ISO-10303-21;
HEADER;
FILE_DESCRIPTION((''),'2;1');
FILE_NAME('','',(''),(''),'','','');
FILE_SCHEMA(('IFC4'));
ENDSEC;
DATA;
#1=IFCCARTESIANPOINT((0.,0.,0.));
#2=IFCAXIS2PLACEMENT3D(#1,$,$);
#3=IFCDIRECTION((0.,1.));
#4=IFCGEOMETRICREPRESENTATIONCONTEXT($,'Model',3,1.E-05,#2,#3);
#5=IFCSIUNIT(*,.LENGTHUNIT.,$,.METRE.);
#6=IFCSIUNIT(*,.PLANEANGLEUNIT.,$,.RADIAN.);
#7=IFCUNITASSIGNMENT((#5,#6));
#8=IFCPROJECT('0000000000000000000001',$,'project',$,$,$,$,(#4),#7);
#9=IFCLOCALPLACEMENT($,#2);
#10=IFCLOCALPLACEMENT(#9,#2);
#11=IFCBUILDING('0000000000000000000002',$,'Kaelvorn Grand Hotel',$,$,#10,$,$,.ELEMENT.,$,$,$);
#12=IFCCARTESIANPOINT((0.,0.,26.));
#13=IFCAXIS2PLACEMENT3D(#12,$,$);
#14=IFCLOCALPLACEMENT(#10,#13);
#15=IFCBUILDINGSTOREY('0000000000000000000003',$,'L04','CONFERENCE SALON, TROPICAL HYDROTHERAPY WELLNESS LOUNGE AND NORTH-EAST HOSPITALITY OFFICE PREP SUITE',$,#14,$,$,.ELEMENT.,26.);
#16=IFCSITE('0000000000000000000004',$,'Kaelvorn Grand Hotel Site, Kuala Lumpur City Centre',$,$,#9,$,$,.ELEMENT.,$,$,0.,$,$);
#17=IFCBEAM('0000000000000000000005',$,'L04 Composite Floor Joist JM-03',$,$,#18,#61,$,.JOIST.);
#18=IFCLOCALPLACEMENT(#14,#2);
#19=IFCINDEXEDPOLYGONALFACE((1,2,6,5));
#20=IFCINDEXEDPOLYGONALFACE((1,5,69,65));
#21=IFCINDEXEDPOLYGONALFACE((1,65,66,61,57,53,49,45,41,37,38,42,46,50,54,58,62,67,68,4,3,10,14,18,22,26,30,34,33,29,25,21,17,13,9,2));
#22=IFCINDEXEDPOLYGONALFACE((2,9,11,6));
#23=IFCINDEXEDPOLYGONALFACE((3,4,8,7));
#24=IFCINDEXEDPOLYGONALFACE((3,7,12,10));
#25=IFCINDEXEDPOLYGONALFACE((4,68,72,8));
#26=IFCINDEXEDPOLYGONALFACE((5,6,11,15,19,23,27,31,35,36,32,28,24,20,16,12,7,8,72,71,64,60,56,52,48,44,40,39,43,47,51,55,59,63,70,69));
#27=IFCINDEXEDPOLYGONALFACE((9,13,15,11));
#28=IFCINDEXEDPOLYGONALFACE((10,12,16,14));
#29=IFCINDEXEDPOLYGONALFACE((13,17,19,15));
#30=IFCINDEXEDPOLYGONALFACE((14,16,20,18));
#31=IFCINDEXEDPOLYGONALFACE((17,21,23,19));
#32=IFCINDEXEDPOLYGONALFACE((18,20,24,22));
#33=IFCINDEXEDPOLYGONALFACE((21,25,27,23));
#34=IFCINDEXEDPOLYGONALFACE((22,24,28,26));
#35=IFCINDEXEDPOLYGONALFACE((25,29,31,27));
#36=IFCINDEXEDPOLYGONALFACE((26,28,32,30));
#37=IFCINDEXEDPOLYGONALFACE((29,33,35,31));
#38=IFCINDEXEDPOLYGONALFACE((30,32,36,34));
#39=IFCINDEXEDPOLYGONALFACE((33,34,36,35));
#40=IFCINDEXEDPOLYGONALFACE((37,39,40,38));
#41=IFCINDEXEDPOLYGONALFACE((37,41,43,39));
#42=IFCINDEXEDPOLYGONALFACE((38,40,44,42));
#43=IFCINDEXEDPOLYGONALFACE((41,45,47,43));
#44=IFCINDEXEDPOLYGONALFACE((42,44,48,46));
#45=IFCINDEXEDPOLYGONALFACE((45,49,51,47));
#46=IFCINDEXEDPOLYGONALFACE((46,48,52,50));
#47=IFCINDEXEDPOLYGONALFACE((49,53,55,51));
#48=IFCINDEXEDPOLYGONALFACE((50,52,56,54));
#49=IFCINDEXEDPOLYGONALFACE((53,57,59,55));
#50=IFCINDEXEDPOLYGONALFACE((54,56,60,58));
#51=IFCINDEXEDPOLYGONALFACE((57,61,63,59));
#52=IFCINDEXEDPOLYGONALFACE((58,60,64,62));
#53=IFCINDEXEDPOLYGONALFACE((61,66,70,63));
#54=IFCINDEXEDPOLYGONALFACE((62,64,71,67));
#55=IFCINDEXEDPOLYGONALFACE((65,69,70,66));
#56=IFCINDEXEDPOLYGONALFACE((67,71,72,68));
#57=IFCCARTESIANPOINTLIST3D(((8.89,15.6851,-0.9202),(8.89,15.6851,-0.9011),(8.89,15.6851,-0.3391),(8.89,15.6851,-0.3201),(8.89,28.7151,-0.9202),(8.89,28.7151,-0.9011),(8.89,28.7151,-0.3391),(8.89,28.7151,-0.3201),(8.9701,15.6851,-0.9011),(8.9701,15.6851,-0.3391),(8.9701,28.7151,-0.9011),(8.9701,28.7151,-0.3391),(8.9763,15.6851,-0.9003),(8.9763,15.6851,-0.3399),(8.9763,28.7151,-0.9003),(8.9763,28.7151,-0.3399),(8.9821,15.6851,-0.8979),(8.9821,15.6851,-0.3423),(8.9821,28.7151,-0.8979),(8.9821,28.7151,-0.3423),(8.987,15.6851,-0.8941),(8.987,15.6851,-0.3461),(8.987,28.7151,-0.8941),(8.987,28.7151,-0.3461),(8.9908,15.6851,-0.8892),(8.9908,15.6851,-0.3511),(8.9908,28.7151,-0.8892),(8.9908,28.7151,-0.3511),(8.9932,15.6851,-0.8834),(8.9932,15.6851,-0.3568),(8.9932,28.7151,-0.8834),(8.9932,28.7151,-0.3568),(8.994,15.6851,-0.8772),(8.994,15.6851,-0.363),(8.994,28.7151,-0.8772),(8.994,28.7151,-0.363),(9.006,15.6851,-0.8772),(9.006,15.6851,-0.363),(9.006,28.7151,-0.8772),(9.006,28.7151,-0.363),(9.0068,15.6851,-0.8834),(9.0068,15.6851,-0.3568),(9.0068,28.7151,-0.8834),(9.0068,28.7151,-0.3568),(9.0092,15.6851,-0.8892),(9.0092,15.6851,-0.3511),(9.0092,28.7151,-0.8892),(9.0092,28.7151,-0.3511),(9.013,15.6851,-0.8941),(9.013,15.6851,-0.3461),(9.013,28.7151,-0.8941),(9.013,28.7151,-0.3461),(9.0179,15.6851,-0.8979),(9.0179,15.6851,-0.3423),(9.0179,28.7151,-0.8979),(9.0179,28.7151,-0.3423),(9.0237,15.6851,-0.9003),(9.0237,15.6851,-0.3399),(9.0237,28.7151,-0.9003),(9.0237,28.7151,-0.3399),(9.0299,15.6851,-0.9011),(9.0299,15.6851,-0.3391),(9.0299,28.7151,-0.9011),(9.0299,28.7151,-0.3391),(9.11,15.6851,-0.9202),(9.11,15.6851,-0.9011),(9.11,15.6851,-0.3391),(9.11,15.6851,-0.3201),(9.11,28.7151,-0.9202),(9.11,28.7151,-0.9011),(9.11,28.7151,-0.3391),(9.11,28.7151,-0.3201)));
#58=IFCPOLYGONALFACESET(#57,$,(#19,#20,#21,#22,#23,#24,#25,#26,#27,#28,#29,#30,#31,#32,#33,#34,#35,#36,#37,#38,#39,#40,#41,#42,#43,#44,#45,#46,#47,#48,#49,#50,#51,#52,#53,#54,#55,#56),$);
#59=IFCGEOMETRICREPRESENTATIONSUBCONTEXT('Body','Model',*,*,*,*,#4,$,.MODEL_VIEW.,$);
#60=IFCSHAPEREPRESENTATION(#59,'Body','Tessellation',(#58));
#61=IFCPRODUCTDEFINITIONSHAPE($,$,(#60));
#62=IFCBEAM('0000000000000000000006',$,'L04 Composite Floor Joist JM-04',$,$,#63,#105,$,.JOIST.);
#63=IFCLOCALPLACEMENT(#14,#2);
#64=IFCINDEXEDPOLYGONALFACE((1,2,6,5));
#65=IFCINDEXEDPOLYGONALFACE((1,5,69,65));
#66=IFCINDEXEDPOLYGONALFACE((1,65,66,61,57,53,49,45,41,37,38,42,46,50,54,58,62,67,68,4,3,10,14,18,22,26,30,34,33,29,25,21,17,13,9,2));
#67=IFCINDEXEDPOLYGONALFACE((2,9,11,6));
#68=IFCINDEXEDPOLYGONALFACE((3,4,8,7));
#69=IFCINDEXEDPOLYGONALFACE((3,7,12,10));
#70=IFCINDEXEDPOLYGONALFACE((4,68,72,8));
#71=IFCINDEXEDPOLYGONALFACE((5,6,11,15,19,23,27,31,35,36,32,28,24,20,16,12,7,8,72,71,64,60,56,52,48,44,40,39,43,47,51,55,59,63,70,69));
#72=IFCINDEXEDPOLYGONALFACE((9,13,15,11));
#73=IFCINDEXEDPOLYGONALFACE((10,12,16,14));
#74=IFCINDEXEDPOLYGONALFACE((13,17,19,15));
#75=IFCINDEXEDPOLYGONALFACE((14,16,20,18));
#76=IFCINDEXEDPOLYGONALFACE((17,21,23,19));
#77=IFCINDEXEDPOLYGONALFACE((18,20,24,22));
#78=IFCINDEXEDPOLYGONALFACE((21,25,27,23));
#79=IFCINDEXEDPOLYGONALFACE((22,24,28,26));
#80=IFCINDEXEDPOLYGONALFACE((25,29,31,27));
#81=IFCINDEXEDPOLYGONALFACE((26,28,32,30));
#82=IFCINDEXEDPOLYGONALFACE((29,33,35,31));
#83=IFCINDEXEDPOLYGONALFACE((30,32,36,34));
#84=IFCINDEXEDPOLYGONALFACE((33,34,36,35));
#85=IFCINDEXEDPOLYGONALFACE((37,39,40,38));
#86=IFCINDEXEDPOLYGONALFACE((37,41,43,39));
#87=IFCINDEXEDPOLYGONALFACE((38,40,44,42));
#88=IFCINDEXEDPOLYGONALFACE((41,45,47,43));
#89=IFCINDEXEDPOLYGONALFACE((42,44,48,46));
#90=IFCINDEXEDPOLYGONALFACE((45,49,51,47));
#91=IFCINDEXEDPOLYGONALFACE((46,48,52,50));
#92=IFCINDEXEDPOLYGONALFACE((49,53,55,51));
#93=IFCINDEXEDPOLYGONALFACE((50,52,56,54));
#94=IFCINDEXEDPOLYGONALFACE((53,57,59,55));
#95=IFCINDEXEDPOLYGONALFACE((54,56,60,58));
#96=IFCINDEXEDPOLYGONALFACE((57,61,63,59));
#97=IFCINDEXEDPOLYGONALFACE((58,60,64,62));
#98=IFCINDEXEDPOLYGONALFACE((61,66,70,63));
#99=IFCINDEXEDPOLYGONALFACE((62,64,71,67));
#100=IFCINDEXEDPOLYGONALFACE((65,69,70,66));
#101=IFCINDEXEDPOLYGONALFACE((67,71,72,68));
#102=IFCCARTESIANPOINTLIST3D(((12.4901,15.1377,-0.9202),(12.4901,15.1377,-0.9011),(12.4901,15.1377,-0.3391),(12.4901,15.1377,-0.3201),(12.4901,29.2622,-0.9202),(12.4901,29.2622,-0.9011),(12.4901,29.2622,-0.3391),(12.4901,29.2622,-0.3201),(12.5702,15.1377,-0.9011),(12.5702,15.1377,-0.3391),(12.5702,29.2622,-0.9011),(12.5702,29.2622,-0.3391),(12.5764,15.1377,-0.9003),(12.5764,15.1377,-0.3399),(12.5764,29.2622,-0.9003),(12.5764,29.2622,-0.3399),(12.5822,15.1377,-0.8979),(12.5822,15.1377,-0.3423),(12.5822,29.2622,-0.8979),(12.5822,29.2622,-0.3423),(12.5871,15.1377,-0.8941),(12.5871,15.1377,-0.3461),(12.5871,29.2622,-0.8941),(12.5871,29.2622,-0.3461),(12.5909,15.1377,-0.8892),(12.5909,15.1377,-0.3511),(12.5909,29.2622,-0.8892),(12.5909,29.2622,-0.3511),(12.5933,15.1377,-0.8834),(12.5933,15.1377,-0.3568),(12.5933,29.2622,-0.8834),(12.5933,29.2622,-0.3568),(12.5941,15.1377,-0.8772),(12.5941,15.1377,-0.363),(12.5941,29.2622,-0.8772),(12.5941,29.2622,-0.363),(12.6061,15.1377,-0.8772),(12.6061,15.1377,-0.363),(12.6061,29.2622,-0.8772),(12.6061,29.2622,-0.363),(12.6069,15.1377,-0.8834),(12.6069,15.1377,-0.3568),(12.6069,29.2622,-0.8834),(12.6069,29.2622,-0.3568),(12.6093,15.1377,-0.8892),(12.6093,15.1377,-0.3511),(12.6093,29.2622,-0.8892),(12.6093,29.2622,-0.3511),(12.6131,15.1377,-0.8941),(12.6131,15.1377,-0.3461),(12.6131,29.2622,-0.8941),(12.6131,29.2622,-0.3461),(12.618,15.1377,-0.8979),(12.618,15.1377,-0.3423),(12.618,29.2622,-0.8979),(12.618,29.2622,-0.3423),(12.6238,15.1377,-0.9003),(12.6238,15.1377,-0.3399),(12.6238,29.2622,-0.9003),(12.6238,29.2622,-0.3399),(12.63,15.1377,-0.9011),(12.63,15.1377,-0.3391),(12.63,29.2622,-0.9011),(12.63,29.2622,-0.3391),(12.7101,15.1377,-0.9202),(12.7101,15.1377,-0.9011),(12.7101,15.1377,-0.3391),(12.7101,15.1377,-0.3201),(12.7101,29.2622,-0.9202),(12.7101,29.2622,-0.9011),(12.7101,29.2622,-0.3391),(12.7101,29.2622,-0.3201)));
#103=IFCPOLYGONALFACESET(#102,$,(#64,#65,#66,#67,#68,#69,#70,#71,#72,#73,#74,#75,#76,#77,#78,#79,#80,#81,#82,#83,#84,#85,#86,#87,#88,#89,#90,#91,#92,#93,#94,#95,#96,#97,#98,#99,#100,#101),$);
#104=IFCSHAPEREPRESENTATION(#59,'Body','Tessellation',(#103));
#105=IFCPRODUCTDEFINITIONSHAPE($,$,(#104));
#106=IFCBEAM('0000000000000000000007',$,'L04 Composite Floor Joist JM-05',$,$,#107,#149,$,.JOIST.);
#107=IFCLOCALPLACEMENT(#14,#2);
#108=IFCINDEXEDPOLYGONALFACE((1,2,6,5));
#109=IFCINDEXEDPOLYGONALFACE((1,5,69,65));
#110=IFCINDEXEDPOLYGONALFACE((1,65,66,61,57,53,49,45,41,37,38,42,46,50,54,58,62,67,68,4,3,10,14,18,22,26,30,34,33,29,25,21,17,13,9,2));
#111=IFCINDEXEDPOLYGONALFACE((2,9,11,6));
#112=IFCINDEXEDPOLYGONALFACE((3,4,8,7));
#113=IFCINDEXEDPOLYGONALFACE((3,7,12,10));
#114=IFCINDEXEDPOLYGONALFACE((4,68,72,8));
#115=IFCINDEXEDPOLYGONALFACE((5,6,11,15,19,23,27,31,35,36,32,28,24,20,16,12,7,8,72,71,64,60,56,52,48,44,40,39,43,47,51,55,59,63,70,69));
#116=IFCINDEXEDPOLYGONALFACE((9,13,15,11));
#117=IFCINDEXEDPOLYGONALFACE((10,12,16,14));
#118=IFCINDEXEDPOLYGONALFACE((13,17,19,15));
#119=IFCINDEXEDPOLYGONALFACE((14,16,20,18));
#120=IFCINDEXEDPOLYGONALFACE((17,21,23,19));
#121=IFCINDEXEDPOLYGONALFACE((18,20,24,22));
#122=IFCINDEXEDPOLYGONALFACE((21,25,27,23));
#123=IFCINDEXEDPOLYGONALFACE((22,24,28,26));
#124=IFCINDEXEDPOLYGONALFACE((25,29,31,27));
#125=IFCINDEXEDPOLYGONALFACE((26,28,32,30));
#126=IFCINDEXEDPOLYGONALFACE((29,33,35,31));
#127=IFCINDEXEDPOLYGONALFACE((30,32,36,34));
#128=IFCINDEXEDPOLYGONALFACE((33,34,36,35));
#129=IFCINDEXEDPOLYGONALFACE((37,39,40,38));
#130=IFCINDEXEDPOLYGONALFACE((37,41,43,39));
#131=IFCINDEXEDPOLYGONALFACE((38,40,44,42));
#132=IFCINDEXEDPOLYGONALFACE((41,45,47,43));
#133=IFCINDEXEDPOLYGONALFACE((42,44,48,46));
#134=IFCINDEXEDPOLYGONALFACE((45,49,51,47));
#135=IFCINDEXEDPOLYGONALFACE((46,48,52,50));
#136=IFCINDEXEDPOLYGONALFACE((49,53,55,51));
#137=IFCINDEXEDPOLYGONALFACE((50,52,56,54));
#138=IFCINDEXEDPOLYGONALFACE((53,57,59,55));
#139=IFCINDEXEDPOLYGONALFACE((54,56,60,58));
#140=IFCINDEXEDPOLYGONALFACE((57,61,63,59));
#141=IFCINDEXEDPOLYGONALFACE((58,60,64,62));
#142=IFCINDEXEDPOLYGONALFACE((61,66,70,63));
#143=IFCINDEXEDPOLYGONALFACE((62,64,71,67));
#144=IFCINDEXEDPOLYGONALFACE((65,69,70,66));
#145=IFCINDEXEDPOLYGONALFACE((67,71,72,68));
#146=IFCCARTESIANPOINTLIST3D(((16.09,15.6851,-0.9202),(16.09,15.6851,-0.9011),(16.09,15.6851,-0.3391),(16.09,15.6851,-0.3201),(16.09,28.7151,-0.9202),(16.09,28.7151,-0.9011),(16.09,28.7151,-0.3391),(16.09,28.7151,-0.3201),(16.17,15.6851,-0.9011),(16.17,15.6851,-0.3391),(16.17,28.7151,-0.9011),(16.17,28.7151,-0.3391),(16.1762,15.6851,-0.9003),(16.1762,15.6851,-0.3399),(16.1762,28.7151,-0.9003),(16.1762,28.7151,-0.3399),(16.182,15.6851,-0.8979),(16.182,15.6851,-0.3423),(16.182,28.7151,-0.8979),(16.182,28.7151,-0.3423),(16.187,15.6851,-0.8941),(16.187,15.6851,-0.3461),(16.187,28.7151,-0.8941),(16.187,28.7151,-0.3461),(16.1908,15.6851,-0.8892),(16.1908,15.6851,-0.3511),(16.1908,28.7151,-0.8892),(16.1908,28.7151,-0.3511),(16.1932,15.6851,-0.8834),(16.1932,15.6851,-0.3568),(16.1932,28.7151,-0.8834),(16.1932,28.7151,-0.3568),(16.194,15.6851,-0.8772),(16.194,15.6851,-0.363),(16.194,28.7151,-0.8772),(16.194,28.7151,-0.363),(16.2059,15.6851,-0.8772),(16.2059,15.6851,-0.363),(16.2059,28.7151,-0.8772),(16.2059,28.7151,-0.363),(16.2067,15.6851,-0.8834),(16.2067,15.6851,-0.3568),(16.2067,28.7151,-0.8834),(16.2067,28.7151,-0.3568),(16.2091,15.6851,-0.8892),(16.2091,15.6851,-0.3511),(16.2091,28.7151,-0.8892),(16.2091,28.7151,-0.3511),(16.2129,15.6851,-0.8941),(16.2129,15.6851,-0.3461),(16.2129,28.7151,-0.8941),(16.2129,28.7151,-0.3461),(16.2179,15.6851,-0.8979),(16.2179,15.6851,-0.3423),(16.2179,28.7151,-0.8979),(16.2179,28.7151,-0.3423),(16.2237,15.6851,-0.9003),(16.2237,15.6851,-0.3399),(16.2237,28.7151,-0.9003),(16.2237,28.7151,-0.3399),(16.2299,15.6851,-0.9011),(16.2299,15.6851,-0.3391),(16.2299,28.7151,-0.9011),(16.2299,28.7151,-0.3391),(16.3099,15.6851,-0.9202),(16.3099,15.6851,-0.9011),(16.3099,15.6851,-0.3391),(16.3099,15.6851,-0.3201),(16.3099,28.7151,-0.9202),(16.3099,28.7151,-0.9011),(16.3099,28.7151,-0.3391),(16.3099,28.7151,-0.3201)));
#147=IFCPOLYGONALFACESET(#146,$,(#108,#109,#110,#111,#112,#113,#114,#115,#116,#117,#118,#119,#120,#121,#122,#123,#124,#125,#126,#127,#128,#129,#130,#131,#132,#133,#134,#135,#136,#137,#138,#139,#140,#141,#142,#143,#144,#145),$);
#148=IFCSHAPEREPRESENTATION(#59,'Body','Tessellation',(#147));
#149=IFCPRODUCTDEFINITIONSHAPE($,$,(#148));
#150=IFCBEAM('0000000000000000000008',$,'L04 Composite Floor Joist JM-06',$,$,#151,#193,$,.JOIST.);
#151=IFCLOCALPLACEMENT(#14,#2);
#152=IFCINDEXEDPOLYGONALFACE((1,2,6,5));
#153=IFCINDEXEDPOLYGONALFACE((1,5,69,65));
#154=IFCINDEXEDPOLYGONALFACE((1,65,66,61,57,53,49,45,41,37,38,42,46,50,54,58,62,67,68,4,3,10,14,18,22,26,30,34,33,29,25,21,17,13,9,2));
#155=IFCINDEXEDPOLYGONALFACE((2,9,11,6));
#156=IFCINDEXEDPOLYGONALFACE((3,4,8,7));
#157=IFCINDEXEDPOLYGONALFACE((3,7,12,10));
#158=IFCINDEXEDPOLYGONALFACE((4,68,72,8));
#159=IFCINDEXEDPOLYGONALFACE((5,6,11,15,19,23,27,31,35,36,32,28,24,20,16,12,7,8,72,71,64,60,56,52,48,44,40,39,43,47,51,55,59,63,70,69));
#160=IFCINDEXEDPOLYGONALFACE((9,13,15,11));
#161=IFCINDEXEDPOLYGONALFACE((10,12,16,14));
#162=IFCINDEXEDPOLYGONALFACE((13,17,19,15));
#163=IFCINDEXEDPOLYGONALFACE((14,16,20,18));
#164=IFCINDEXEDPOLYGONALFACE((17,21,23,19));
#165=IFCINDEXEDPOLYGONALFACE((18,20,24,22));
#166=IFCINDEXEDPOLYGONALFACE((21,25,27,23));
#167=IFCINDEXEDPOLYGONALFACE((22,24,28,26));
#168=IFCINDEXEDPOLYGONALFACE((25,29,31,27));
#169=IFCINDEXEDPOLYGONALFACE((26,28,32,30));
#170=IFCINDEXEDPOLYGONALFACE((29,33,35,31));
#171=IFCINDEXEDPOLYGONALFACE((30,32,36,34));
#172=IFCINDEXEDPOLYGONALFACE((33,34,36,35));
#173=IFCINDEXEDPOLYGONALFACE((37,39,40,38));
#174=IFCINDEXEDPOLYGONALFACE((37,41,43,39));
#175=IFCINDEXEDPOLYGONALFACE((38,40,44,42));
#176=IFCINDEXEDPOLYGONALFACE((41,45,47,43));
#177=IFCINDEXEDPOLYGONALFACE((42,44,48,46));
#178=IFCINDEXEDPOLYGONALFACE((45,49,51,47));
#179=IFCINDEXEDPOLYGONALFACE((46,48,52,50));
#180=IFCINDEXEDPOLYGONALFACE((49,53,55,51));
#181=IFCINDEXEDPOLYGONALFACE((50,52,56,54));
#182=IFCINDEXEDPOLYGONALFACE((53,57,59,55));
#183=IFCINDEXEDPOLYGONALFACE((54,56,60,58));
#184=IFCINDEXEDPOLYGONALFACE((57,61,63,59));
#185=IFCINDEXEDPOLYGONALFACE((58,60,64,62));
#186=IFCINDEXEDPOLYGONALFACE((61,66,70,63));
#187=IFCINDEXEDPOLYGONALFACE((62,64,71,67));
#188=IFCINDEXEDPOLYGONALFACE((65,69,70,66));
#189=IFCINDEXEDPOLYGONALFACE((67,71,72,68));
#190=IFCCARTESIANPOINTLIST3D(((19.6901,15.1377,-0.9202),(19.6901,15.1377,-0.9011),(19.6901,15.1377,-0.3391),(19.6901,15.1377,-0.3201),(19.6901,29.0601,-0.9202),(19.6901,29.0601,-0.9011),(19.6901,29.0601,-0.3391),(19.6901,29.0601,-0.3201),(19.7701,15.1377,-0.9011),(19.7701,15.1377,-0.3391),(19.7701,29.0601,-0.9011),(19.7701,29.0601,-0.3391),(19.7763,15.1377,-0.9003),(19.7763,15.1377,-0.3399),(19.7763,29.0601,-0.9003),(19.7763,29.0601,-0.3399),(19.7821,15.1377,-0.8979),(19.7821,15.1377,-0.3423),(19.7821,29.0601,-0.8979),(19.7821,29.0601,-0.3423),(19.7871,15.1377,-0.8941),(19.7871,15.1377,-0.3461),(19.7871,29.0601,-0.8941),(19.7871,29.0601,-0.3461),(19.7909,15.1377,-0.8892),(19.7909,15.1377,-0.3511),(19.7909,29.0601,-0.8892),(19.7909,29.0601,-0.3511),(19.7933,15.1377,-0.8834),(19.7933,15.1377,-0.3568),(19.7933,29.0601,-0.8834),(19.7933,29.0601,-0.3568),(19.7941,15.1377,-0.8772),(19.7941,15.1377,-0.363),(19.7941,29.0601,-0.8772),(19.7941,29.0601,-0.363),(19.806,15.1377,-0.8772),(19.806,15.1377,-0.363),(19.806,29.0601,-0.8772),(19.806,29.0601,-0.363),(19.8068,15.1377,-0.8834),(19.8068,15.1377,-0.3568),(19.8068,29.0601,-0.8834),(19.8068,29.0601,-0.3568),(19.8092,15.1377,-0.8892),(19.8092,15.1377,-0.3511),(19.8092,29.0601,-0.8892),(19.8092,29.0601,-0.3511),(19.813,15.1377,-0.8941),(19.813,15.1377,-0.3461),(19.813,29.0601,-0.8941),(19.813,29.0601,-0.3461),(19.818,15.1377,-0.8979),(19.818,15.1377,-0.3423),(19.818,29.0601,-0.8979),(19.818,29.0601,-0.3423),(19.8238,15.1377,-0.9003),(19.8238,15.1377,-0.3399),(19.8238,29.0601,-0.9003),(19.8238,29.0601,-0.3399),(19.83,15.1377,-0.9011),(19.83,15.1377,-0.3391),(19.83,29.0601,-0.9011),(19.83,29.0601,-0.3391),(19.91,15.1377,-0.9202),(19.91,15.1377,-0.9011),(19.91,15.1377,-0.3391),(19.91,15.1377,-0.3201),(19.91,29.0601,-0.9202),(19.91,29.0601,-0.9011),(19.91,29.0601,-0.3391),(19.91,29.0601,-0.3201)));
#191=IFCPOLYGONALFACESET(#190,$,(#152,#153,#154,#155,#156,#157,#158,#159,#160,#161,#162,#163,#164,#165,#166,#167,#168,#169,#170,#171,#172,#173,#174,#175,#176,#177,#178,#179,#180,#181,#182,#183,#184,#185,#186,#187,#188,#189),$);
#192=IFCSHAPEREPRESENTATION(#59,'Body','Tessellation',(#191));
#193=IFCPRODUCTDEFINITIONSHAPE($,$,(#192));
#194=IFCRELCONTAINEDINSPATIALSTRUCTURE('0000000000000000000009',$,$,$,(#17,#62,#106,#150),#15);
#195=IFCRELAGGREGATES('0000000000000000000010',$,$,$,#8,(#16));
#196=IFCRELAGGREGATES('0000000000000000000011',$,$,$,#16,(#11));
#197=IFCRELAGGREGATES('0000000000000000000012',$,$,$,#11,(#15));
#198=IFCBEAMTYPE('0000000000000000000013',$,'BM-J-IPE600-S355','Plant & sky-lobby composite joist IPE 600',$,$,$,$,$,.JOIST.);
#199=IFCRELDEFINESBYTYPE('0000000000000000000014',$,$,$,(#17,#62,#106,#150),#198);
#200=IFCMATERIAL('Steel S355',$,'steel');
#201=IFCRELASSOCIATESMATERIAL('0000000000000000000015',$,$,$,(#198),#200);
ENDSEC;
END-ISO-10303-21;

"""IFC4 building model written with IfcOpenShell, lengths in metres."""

from ifc_helpers import new_model, si_unit, direction, frame, origin, origin_2d, place, context, subcontext, project, spatial, i_section, extrude, material, material_profile, profile_set, type_object, element, save


model = new_model("IFC4")

# Units and contexts
model_context = context("Model", 3, precision=1e-05, world=origin(), true_north=direction((0.0, 1.0)))
body_context = subcontext(model_context, "Body", "Model", "MODEL_VIEW")
ifc_project = project(units=[si_unit("LENGTHUNIT", "METRE"), si_unit("PLANEANGLEUNIT", "RADIAN")], contexts=[model_context])

# Site, building, storey
site_placement = place(None, origin())
site = spatial("IfcSite", under=ifc_project, at=site_placement, Name="Kaelvorn Grand Hotel Site, Kuala Lumpur City Centre", CompositionType="ELEMENT", RefElevation=0.0)
building_placement = place(site_placement, origin())
building = spatial("IfcBuilding", under=site, at=building_placement, Name="Kaelvorn Grand Hotel", CompositionType="ELEMENT")
storey_placement = place(building_placement, frame((0.0, 0.0, 26.0)))
storey = spatial("IfcBuildingStorey", under=building, at=storey_placement, Name="L04", Description="CONFERENCE SALON, TROPICAL HYDROTHERAPY WELLNESS LOUNGE AND NORTH-EAST HOSPITALITY OFFICE PREP SUITE", CompositionType="ELEMENT", Elevation=26.0)

# Beams
ifc_material_1 = material(Name="Steel S355", Category="steel")
ifc_material_profile_1 = material_profile(ifc_material_1, i_section(OverallWidth=0.22, OverallDepth=0.6001, WebThickness=0.012, FlangeThickness=0.019, FilletRadius=0.0239, at=origin_2d()), Name="IPE 600")
ifc_profile_set_1 = profile_set([ifc_material_profile_1], Name="Steel S355")
beam_type_1 = type_object("IfcBeamType", Name="BM-J-IPE600-S355", Description="Plant & sky-lobby composite joist IPE 600", PredefinedType="JOIST", material=ifc_profile_set_1)
beam_1_placement = place(storey_placement, frame((9.0, 15.6851, -0.6201), z_axis=(0.0, 1.0, 0.0), x_axis=(-1.0, 0.0, 0.0)))
element("IfcBeam", 1, at=beam_1_placement, inside=storey, type_object=beam_type_1, Name="L04 Composite Floor Joist JM-03", PredefinedType="JOIST", context=body_context, shape_type="SweptSolid", body=[
    extrude(i_section(OverallWidth=0.22, OverallDepth=0.6001, WebThickness=0.012, FlangeThickness=0.019, FilletRadius=0.0239, at=origin_2d()), origin(), (0.0, 0.0, 1.0), 13.03),
])
beam_2_placement = place(storey_placement, frame((12.6001, 15.1377, -0.6201), z_axis=(0.0, 1.0, 0.0), x_axis=(-1.0, 0.0, 0.0)))
element("IfcBeam", 2, at=beam_2_placement, inside=storey, type_object=beam_type_1, Name="L04 Composite Floor Joist JM-04", PredefinedType="JOIST", context=body_context, shape_type="SweptSolid", body=[
    extrude(i_section(OverallWidth=0.22, OverallDepth=0.6001, WebThickness=0.012, FlangeThickness=0.019, FilletRadius=0.0239, at=origin_2d()), origin(), (0.0, 0.0, 1.0), 14.1245),
])
beam_3_placement = place(storey_placement, frame((16.2, 15.6851, -0.6201), z_axis=(0.0, 1.0, 0.0), x_axis=(-1.0, 0.0, 0.0)))
element("IfcBeam", 3, at=beam_3_placement, inside=storey, type_object=beam_type_1, Name="L04 Composite Floor Joist JM-05", PredefinedType="JOIST", context=body_context, shape_type="SweptSolid", body=[
    extrude(i_section(OverallWidth=0.22, OverallDepth=0.6001, WebThickness=0.012, FlangeThickness=0.019, FilletRadius=0.0239, at=origin_2d()), origin(), (0.0, 0.0, 1.0), 13.03),
])
beam_4_placement = place(storey_placement, frame((19.8, 15.1377, -0.6201), z_axis=(0.0, 1.0, 0.0), x_axis=(-1.0, 0.0, 0.0)))
element("IfcBeam", 4, at=beam_4_placement, inside=storey, type_object=beam_type_1, Name="L04 Composite Floor Joist JM-06", PredefinedType="JOIST", context=body_context, shape_type="SweptSolid", body=[
    extrude(i_section(OverallWidth=0.22, OverallDepth=0.6001, WebThickness=0.012, FlangeThickness=0.019, FilletRadius=0.0239, at=origin_2d()), origin(), (0.0, 0.0, 1.0), 13.9224),
])

save(model, "model.ifc")
